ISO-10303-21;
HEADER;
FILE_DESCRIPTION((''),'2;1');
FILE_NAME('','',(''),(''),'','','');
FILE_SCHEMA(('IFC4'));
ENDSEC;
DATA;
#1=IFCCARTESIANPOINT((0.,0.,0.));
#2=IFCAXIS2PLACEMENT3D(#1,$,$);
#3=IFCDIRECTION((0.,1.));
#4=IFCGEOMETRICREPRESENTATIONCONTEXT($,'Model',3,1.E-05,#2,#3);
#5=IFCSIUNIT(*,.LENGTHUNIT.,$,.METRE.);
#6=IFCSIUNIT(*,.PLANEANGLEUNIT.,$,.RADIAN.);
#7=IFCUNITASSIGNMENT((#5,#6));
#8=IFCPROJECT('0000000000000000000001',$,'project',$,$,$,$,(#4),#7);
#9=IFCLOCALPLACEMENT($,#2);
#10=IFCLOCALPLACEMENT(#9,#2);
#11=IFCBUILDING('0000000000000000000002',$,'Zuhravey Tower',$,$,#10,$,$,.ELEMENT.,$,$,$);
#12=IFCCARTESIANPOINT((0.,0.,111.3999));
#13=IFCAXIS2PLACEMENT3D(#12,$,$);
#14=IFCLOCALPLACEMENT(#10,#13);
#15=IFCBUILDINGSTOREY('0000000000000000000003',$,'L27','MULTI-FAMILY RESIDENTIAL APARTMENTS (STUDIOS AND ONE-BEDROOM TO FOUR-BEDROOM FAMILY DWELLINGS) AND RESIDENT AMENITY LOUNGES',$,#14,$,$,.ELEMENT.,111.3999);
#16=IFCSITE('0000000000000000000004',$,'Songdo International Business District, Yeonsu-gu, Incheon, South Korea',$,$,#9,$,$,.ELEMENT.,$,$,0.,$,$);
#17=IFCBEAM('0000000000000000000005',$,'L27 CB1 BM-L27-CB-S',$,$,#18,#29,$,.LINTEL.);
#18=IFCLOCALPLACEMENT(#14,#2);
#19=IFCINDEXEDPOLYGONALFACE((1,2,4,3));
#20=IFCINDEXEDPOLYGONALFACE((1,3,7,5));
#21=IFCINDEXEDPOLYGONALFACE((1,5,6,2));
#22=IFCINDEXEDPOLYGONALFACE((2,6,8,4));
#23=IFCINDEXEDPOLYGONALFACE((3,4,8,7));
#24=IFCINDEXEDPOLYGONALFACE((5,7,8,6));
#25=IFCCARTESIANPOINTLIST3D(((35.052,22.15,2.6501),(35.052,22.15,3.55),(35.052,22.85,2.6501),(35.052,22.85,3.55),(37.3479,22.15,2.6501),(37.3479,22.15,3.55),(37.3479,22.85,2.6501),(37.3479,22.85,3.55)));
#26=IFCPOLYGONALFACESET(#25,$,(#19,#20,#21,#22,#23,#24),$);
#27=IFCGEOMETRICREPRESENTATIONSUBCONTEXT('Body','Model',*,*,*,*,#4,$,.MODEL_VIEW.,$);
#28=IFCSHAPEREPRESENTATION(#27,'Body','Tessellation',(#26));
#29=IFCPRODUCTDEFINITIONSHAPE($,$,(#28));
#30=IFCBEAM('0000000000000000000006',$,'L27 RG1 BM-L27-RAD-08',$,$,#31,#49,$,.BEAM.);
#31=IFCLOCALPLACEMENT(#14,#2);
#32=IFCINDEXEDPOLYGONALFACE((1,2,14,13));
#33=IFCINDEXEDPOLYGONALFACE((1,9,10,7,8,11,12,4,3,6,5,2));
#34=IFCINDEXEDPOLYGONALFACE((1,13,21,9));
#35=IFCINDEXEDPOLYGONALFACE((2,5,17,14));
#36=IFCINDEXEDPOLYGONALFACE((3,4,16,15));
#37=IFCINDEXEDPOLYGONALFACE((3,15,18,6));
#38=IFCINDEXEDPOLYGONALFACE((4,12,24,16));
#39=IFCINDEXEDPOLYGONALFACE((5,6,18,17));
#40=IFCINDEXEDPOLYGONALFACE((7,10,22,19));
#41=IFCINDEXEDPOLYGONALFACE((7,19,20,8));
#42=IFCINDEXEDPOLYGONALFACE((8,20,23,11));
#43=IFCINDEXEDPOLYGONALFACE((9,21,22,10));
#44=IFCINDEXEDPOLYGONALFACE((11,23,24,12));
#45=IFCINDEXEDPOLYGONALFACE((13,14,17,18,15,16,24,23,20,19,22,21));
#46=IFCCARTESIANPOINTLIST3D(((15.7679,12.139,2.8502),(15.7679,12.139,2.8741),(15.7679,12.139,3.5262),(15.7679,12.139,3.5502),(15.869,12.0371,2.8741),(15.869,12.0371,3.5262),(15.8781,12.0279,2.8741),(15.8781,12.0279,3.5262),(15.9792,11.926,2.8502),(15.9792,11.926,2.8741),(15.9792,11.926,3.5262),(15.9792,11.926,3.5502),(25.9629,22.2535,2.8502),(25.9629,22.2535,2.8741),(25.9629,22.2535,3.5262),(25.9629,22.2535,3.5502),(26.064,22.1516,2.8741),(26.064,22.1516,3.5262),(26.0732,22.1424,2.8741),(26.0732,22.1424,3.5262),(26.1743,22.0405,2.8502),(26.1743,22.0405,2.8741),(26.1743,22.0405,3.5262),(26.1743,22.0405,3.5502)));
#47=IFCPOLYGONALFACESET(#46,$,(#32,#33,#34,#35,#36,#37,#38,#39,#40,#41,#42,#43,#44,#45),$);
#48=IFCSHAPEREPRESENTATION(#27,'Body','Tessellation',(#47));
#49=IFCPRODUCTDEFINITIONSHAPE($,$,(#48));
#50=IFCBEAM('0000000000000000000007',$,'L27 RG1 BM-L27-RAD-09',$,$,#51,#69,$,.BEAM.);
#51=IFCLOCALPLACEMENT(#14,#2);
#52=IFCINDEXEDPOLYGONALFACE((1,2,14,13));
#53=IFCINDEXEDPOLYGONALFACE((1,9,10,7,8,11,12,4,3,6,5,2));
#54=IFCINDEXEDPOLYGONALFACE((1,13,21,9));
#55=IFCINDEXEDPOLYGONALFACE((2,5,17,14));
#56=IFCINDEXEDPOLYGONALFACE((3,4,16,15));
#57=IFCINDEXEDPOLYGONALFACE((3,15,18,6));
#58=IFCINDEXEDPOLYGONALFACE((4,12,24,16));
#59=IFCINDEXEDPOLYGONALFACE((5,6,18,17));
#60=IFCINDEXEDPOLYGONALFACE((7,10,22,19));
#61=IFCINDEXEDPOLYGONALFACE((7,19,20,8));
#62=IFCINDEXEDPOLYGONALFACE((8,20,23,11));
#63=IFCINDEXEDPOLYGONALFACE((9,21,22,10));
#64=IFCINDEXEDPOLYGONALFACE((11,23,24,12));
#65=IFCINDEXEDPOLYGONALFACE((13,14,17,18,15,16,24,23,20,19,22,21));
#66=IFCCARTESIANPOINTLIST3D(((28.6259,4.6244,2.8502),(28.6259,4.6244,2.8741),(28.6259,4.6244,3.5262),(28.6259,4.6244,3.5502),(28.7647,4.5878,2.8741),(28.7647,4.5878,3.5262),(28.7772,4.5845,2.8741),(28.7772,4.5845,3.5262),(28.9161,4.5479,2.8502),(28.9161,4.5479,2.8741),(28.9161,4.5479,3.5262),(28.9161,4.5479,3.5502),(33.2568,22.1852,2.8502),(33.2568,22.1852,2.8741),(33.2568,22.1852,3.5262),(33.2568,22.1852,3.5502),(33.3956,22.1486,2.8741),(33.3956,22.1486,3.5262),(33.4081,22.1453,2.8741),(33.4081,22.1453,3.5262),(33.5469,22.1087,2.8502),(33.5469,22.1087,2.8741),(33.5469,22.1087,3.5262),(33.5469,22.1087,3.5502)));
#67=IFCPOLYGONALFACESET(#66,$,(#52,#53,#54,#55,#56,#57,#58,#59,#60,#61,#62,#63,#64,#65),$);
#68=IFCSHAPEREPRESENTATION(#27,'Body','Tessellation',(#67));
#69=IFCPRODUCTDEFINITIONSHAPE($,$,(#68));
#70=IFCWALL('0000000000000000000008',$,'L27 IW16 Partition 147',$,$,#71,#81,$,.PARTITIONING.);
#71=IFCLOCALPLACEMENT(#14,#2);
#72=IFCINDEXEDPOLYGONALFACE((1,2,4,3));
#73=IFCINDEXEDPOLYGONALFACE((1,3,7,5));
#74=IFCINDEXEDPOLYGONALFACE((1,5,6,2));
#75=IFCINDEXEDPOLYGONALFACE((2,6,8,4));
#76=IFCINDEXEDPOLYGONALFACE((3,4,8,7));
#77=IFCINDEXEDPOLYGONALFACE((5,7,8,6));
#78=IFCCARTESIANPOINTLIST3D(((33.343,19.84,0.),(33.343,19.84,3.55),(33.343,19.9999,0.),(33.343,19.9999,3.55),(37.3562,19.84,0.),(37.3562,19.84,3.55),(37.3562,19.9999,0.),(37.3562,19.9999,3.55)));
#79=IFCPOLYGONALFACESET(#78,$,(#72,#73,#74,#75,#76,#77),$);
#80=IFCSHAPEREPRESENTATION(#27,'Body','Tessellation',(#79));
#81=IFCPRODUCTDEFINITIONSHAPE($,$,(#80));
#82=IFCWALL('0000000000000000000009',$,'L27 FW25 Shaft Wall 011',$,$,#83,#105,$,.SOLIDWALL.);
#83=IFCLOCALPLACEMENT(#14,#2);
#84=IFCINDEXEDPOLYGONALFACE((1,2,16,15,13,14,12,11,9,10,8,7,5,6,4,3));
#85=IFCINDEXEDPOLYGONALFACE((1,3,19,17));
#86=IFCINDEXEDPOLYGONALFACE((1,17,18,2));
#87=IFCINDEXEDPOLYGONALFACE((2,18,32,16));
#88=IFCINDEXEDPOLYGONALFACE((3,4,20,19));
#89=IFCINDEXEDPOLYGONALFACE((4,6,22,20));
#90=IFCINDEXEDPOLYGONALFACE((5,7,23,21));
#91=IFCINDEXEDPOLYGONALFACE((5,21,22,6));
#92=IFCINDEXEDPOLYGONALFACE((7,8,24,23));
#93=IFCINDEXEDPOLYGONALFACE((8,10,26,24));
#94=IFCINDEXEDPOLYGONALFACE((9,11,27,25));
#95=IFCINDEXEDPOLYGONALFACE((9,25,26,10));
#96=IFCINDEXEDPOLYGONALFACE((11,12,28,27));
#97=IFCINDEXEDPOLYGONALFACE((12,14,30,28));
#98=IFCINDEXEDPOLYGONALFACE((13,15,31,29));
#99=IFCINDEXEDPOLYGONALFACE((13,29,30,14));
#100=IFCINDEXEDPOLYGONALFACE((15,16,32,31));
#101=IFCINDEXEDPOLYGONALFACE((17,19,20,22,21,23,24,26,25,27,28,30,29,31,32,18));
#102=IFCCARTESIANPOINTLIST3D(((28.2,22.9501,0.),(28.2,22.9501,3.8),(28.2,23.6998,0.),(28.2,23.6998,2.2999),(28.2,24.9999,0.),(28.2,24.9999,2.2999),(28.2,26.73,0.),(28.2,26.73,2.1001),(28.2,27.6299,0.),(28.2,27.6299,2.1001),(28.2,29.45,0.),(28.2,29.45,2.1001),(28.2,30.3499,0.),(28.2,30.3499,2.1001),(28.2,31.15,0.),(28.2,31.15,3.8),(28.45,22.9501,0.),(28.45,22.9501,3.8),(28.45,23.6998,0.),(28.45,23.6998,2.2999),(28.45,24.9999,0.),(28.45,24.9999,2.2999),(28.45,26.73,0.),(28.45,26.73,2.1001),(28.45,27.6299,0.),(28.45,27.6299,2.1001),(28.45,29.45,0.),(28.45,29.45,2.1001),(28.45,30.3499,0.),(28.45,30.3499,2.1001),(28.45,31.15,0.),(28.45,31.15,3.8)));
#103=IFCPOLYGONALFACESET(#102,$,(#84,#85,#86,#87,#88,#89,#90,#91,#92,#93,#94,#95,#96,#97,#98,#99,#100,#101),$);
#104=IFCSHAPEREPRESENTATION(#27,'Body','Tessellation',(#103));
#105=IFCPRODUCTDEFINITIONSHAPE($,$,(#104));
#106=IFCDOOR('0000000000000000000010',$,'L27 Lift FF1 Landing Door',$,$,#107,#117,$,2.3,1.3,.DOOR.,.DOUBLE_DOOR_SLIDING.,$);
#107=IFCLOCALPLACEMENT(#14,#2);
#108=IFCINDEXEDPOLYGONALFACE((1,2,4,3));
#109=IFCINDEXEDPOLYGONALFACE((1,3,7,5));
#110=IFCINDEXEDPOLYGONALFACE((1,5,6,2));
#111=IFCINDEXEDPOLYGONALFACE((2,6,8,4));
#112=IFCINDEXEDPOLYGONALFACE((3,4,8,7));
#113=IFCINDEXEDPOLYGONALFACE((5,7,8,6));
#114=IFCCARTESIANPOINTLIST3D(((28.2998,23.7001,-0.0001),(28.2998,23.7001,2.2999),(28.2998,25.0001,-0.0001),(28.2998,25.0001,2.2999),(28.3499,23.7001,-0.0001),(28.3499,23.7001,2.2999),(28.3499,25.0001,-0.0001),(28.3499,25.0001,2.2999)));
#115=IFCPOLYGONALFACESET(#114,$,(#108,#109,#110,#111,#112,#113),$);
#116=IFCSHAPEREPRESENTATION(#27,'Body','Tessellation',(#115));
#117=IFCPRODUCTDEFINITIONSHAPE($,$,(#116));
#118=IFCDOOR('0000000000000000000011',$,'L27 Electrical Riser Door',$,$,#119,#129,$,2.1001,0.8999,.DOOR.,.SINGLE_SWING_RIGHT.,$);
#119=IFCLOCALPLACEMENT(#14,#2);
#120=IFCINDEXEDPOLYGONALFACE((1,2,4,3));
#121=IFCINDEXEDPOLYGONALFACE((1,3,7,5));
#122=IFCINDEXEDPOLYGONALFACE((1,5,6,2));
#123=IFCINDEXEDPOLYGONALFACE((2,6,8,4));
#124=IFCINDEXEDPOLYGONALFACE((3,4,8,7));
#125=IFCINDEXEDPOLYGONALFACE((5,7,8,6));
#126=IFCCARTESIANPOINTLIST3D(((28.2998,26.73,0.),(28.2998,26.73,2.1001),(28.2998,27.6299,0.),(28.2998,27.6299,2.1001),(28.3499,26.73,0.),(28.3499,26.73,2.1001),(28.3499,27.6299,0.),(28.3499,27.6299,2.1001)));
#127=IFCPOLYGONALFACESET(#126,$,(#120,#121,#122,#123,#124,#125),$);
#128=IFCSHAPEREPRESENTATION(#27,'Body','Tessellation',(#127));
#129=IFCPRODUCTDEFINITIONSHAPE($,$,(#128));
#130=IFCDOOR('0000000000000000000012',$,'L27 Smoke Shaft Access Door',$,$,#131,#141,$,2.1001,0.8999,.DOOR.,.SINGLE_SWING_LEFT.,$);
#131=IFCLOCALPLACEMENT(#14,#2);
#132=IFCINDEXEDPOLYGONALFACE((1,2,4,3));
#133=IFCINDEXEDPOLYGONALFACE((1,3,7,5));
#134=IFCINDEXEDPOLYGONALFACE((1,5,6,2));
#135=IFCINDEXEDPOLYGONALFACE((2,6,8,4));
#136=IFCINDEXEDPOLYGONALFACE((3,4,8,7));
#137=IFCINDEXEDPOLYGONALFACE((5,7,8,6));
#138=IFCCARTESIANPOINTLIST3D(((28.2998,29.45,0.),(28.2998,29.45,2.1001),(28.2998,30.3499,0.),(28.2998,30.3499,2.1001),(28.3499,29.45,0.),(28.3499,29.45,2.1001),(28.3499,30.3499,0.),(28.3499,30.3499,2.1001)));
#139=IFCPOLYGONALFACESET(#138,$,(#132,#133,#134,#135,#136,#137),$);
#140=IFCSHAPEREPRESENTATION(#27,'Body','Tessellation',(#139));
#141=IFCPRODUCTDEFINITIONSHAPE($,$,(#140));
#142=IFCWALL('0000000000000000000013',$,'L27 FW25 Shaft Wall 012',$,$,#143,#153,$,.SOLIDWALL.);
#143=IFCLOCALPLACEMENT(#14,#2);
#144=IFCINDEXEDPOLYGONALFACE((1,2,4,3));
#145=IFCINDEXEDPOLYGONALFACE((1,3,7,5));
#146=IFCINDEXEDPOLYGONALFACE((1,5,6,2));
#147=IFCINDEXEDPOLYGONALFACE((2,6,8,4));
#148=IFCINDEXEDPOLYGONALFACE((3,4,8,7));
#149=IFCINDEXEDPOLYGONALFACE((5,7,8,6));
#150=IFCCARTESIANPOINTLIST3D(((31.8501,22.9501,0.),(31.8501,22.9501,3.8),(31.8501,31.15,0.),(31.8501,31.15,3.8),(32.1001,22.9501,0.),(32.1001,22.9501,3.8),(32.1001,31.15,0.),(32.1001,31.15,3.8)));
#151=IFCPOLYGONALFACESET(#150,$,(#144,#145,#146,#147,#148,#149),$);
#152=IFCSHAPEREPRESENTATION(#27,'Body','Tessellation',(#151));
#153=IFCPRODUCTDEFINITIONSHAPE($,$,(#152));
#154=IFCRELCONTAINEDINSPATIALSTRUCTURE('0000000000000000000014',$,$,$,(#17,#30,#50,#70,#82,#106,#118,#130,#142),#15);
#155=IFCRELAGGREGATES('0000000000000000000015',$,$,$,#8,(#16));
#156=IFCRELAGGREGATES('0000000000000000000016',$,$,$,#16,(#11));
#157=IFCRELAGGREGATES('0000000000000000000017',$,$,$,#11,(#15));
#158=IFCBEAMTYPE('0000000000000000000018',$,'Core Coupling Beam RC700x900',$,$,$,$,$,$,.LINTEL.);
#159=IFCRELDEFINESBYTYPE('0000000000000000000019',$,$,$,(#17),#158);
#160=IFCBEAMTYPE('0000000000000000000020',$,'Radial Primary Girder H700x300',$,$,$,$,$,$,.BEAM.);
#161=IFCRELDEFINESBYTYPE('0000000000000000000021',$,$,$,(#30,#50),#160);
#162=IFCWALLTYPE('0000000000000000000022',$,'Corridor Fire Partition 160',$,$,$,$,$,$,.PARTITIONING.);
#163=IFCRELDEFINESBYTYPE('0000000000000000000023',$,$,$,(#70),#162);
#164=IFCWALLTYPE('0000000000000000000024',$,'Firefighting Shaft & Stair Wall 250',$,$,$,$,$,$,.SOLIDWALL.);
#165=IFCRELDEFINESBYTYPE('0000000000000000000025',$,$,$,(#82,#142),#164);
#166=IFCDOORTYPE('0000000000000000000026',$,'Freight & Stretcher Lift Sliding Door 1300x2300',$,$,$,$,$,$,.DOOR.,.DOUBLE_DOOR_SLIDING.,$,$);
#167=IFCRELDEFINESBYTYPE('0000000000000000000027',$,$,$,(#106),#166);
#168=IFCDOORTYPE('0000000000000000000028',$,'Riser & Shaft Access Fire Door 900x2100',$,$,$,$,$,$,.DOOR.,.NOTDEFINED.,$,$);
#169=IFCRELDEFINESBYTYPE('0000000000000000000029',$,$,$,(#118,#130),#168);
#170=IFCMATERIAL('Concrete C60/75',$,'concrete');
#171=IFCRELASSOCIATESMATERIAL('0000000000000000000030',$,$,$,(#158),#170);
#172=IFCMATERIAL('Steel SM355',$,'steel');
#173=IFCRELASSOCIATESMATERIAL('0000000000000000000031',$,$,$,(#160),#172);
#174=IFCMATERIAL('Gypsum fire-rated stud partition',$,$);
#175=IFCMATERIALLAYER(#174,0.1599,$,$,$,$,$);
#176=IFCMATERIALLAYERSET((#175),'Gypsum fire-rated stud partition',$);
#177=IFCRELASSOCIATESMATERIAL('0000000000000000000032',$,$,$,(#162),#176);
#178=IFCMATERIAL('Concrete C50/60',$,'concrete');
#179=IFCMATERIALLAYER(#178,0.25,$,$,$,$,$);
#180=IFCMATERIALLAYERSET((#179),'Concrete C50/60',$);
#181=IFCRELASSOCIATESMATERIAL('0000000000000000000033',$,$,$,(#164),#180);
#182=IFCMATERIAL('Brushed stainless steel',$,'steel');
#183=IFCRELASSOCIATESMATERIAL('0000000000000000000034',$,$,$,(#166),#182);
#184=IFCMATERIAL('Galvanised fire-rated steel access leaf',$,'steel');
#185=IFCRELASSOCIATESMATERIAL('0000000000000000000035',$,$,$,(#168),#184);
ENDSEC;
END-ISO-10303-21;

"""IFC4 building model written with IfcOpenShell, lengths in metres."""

from ifc_helpers import new_model, si_unit, direction, frame, frame_2d, origin, origin_2d, place, context, subcontext, project, spatial, rectangle, i_section, extrude, material, layer, layer_set, material_profile, profile_set, type_object, element, fill, save


model = new_model("IFC4")

# Units and contexts
model_context = context("Model", 3, precision=1e-05, world=origin(), true_north=direction((0.0, 1.0)))
body_context = subcontext(model_context, "Body", "Model", "MODEL_VIEW")
ifc_project = project(units=[si_unit("LENGTHUNIT", "METRE"), si_unit("PLANEANGLEUNIT", "RADIAN")], contexts=[model_context])

# Site, building, storey
site_placement = place(None, origin())
site = spatial("IfcSite", under=ifc_project, at=site_placement, Name="Songdo International Business District, Yeonsu-gu, Incheon, South Korea", CompositionType="ELEMENT", RefElevation=0.0)
building_placement = place(site_placement, origin())
building = spatial("IfcBuilding", under=site, at=building_placement, Name="Zuhravey Tower", CompositionType="ELEMENT")
storey_placement = place(building_placement, frame((0.0, 0.0, 111.3999)))
storey = spatial("IfcBuildingStorey", under=building, at=storey_placement, Name="L27", Description="MULTI-FAMILY RESIDENTIAL APARTMENTS (STUDIOS AND ONE-BEDROOM TO FOUR-BEDROOM FAMILY DWELLINGS) AND RESIDENT AMENITY LOUNGES", CompositionType="ELEMENT", Elevation=111.3999)

# Beams
ifc_material_1 = material(Name="Concrete C60/75", Category="concrete")
ifc_material_profile_1 = material_profile(ifc_material_1, rectangle(XDim=0.7, YDim=0.8999, at=origin_2d()), Name="RC-700x900")
ifc_profile_set_1 = profile_set([ifc_material_profile_1], Name="Concrete C60/75")
beam_type_1 = type_object("IfcBeamType", Name="Core Coupling Beam RC700x900", PredefinedType="LINTEL", material=ifc_profile_set_1)
beam_1_placement = place(storey_placement, frame((35.052, 22.5, 3.1001), z_axis=(1.0, 0.0, 0.0), x_axis=(0.0, 1.0, 0.0)))
element("IfcBeam", 1, at=beam_1_placement, inside=storey, type_object=beam_type_1, Name="L27 CB1 BM-L27-CB-S", PredefinedType="LINTEL", context=body_context, shape_type="SweptSolid", body=[
    extrude(rectangle(XDim=0.7, YDim=0.8999, at=origin_2d()), origin(), (0.0, 0.0, 1.0), 2.2959),
])
ifc_material_2 = material(Name="Steel SM355", Category="steel")
ifc_material_profile_2 = material_profile(ifc_material_2, i_section(OverallWidth=0.3, OverallDepth=0.7, WebThickness=0.0129, FlangeThickness=0.0239, at=origin_2d()), Name="H-700x300x13x24")
ifc_profile_set_2 = profile_set([ifc_material_profile_2], Name="Steel SM355")
beam_type_2 = type_object("IfcBeamType", Name="Radial Primary Girder H700x300", PredefinedType="BEAM", material=ifc_profile_set_2)
beam_2_placement = place(storey_placement, frame((26.0686, 22.147, 3.2002), z_axis=(-0.709906, -0.704296, 0.0), x_axis=(0.704296, -0.709906, 0.0)))
element("IfcBeam", 2, at=beam_2_placement, inside=storey, type_object=beam_type_2, Name="L27 RG1 BM-L27-RAD-08", PredefinedType="BEAM", context=body_context, shape_type="SweptSolid", body=[
    extrude(i_section(OverallWidth=0.3, OverallDepth=0.7, WebThickness=0.0129, FlangeThickness=0.0239, at=origin_2d()), origin(), (0.0, 0.0, 1.0), 14.3611),
])
beam_3_placement = place(storey_placement, frame((33.4019, 22.147, 3.2002), z_axis=(-0.254988, -0.966944, 0.0), x_axis=(0.966944, -0.254988, 0.0)))
element("IfcBeam", 3, at=beam_3_placement, inside=storey, type_object=beam_type_2, Name="L27 RG1 BM-L27-RAD-09", PredefinedType="BEAM", context=body_context, shape_type="SweptSolid", body=[
    extrude(i_section(OverallWidth=0.3, OverallDepth=0.7, WebThickness=0.0129, FlangeThickness=0.0239, at=origin_2d()), origin(), (0.0, 0.0, 1.0), 18.1611),
])

# Shared definitions
ifc_material_3 = material(Name="Gypsum fire-rated stud partition")
ifc_layer_1 = layer(ifc_material_3, 0.1599)
ifc_layer_set_1 = layer_set([ifc_layer_1], Name="Gypsum fire-rated stud partition")
wall_type_1 = type_object("IfcWallType", Name="Corridor Fire Partition 160", PredefinedType="PARTITIONING", material=ifc_layer_set_1)

# Wall
wall_1_placement = place(storey_placement, frame((33.343, 19.9199, 0.0), z_axis=(0.0, 0.0, 1.0), x_axis=(1.0, 0.0, 0.0)))
element("IfcWall", 4, at=wall_1_placement, inside=storey, type_object=wall_type_1, Name="L27 IW16 Partition 147", PredefinedType="PARTITIONING", context=body_context, shape_type="SweptSolid", body=[
    extrude(rectangle(XDim=4.0132, YDim=0.1599, at=frame_2d((2.0066, 0.0))), origin(), (0.0, 0.0, 1.0), 3.55),
])

# Wall, openings, doors
ifc_material_4 = material(Name="Concrete C50/60", Category="concrete")
ifc_layer_2 = layer(ifc_material_4, 0.25)
ifc_layer_set_2 = layer_set([ifc_layer_2], Name="Concrete C50/60")
wall_type_2 = type_object("IfcWallType", Name="Firefighting Shaft & Stair Wall 250", PredefinedType="SOLIDWALL", material=ifc_layer_set_2)
wall_2_placement = place(storey_placement, frame((28.325, 22.95, 0.0), z_axis=(0.0, 0.0, 1.0), x_axis=(0.0, 1.0, 0.0)))
wall_2 = element("IfcWall", 5, at=wall_2_placement, inside=storey, type_object=wall_type_2, Name="L27 FW25 Shaft Wall 011", PredefinedType="SOLIDWALL", context=body_context, shape_type="SweptSolid", body=[
    extrude(rectangle(XDim=8.2, YDim=0.25, at=frame_2d((4.1001, 0.0))), origin(), (0.0, 0.0, 1.0), 3.8),
])
opening_1_placement = place(wall_2_placement, frame((0.75, 0.0, 0.0)))
opening_1 = element("IfcOpeningElement", 6, at=opening_1_placement, cuts=wall_2, PredefinedType="OPENING", context=body_context, shape_type="SweptSolid", body=[
    extrude(rectangle(XDim=1.3, YDim=2.3, at=frame_2d((0.6499, 1.1499))), frame((0.0, 0.137, 0.0), z_axis=(0.0, -1.0, 0.0), x_axis=(1.0, 0.0, 0.0)), (0.0, 0.0, 1.0), 0.2739),
])
opening_2_placement = place(wall_2_placement, frame((3.78, 0.0, 0.0)))
opening_2 = element("IfcOpeningElement", 7, at=opening_2_placement, cuts=wall_2, PredefinedType="OPENING", context=body_context, shape_type="SweptSolid", body=[
    extrude(rectangle(XDim=0.8999, YDim=2.1001, at=frame_2d((0.45, 1.05))), frame((0.0, 0.137, 0.0), z_axis=(0.0, -1.0, 0.0), x_axis=(1.0, 0.0, 0.0)), (0.0, 0.0, 1.0), 0.2739),
])
opening_3_placement = place(wall_2_placement, frame((6.5, 0.0, 0.0)))
opening_3 = element("IfcOpeningElement", 8, at=opening_3_placement, cuts=wall_2, PredefinedType="OPENING", context=body_context, shape_type="SweptSolid", body=[
    extrude(rectangle(XDim=0.8999, YDim=2.1001, at=frame_2d((0.45, 1.05))), frame((0.0, 0.137, 0.0), z_axis=(0.0, -1.0, 0.0), x_axis=(1.0, 0.0, 0.0)), (0.0, 0.0, 1.0), 0.2739),
])
ifc_material_5 = material(Name="Brushed stainless steel", Category="steel")
door_type_1 = type_object("IfcDoorType", Name="Freight & Stretcher Lift Sliding Door 1300x2300", OperationType="DOUBLE_DOOR_SLIDING", PredefinedType="DOOR", material=ifc_material_5)
door_1_placement = place(opening_1_placement, frame((1.3, 0.0, 0.0), z_axis=(0.0, 0.0, 1.0), x_axis=(-1.0, 0.0, 0.0)))
door_1 = element("IfcDoor", 9, at=door_1_placement, inside=storey, type_object=door_type_1, Name="L27 Lift FF1 Landing Door", OperationType="DOUBLE_DOOR_SLIDING", OverallHeight=2.3, OverallWidth=1.3, PredefinedType="DOOR", context=body_context, shape_type="SweptSolid", body=[
    extrude(rectangle(XDim=1.3, YDim=2.3, at=frame_2d((0.6499, 1.1499))), frame((0.0, 0.0249, 0.0), z_axis=(0.0, -1.0, 0.0), x_axis=(1.0, 0.0, 0.0)), (0.0, 0.0, 1.0), 0.05),
])
fill(opening_1, door_1)
ifc_material_6 = material(Name="Galvanised fire-rated steel access leaf", Category="steel")
door_type_2 = type_object("IfcDoorType", Name="Riser & Shaft Access Fire Door 900x2100", OperationType="NOTDEFINED", PredefinedType="DOOR", material=ifc_material_6)
door_2_placement = place(opening_2_placement, frame((0.8999, 0.0, 0.0), z_axis=(0.0, 0.0, 1.0), x_axis=(-1.0, 0.0, 0.0)))
door_2 = element("IfcDoor", 10, at=door_2_placement, inside=storey, type_object=door_type_2, Name="L27 Electrical Riser Door", OperationType="SINGLE_SWING_RIGHT", OverallHeight=2.1001, OverallWidth=0.8999, PredefinedType="DOOR", context=body_context, shape_type="SweptSolid", body=[
    extrude(rectangle(XDim=0.8999, YDim=2.1001, at=frame_2d((0.45, 1.05))), frame((0.0, 0.0249, 0.0), z_axis=(0.0, -1.0, 0.0), x_axis=(1.0, 0.0, 0.0)), (0.0, 0.0, 1.0), 0.05),
])
fill(opening_2, door_2)
door_3_placement = place(opening_3_placement, frame((0.8999, 0.0, 0.0), z_axis=(0.0, 0.0, 1.0), x_axis=(-1.0, 0.0, 0.0)))
door_3 = element("IfcDoor", 11, at=door_3_placement, inside=storey, type_object=door_type_2, Name="L27 Smoke Shaft Access Door", OperationType="SINGLE_SWING_LEFT", OverallHeight=2.1001, OverallWidth=0.8999, PredefinedType="DOOR", context=body_context, shape_type="SweptSolid", body=[
    extrude(rectangle(XDim=0.8999, YDim=2.1001, at=frame_2d((0.45, 1.05))), frame((0.0, 0.0249, 0.0), z_axis=(0.0, -1.0, 0.0), x_axis=(1.0, 0.0, 0.0)), (0.0, 0.0, 1.0), 0.05),
])
fill(opening_3, door_3)

# Wall
wall_3_placement = place(storey_placement, frame((31.9751, 22.95, 0.0), z_axis=(0.0, 0.0, 1.0), x_axis=(0.0, 1.0, 0.0)))
element("IfcWall", 12, at=wall_3_placement, inside=storey, type_object=wall_type_2, Name="L27 FW25 Shaft Wall 012", PredefinedType="SOLIDWALL", context=body_context, shape_type="SweptSolid", body=[
    extrude(rectangle(XDim=8.2, YDim=0.25, at=frame_2d((4.1001, 0.0))), origin(), (0.0, 0.0, 1.0), 3.8),
])

save(model, "model.ifc")
